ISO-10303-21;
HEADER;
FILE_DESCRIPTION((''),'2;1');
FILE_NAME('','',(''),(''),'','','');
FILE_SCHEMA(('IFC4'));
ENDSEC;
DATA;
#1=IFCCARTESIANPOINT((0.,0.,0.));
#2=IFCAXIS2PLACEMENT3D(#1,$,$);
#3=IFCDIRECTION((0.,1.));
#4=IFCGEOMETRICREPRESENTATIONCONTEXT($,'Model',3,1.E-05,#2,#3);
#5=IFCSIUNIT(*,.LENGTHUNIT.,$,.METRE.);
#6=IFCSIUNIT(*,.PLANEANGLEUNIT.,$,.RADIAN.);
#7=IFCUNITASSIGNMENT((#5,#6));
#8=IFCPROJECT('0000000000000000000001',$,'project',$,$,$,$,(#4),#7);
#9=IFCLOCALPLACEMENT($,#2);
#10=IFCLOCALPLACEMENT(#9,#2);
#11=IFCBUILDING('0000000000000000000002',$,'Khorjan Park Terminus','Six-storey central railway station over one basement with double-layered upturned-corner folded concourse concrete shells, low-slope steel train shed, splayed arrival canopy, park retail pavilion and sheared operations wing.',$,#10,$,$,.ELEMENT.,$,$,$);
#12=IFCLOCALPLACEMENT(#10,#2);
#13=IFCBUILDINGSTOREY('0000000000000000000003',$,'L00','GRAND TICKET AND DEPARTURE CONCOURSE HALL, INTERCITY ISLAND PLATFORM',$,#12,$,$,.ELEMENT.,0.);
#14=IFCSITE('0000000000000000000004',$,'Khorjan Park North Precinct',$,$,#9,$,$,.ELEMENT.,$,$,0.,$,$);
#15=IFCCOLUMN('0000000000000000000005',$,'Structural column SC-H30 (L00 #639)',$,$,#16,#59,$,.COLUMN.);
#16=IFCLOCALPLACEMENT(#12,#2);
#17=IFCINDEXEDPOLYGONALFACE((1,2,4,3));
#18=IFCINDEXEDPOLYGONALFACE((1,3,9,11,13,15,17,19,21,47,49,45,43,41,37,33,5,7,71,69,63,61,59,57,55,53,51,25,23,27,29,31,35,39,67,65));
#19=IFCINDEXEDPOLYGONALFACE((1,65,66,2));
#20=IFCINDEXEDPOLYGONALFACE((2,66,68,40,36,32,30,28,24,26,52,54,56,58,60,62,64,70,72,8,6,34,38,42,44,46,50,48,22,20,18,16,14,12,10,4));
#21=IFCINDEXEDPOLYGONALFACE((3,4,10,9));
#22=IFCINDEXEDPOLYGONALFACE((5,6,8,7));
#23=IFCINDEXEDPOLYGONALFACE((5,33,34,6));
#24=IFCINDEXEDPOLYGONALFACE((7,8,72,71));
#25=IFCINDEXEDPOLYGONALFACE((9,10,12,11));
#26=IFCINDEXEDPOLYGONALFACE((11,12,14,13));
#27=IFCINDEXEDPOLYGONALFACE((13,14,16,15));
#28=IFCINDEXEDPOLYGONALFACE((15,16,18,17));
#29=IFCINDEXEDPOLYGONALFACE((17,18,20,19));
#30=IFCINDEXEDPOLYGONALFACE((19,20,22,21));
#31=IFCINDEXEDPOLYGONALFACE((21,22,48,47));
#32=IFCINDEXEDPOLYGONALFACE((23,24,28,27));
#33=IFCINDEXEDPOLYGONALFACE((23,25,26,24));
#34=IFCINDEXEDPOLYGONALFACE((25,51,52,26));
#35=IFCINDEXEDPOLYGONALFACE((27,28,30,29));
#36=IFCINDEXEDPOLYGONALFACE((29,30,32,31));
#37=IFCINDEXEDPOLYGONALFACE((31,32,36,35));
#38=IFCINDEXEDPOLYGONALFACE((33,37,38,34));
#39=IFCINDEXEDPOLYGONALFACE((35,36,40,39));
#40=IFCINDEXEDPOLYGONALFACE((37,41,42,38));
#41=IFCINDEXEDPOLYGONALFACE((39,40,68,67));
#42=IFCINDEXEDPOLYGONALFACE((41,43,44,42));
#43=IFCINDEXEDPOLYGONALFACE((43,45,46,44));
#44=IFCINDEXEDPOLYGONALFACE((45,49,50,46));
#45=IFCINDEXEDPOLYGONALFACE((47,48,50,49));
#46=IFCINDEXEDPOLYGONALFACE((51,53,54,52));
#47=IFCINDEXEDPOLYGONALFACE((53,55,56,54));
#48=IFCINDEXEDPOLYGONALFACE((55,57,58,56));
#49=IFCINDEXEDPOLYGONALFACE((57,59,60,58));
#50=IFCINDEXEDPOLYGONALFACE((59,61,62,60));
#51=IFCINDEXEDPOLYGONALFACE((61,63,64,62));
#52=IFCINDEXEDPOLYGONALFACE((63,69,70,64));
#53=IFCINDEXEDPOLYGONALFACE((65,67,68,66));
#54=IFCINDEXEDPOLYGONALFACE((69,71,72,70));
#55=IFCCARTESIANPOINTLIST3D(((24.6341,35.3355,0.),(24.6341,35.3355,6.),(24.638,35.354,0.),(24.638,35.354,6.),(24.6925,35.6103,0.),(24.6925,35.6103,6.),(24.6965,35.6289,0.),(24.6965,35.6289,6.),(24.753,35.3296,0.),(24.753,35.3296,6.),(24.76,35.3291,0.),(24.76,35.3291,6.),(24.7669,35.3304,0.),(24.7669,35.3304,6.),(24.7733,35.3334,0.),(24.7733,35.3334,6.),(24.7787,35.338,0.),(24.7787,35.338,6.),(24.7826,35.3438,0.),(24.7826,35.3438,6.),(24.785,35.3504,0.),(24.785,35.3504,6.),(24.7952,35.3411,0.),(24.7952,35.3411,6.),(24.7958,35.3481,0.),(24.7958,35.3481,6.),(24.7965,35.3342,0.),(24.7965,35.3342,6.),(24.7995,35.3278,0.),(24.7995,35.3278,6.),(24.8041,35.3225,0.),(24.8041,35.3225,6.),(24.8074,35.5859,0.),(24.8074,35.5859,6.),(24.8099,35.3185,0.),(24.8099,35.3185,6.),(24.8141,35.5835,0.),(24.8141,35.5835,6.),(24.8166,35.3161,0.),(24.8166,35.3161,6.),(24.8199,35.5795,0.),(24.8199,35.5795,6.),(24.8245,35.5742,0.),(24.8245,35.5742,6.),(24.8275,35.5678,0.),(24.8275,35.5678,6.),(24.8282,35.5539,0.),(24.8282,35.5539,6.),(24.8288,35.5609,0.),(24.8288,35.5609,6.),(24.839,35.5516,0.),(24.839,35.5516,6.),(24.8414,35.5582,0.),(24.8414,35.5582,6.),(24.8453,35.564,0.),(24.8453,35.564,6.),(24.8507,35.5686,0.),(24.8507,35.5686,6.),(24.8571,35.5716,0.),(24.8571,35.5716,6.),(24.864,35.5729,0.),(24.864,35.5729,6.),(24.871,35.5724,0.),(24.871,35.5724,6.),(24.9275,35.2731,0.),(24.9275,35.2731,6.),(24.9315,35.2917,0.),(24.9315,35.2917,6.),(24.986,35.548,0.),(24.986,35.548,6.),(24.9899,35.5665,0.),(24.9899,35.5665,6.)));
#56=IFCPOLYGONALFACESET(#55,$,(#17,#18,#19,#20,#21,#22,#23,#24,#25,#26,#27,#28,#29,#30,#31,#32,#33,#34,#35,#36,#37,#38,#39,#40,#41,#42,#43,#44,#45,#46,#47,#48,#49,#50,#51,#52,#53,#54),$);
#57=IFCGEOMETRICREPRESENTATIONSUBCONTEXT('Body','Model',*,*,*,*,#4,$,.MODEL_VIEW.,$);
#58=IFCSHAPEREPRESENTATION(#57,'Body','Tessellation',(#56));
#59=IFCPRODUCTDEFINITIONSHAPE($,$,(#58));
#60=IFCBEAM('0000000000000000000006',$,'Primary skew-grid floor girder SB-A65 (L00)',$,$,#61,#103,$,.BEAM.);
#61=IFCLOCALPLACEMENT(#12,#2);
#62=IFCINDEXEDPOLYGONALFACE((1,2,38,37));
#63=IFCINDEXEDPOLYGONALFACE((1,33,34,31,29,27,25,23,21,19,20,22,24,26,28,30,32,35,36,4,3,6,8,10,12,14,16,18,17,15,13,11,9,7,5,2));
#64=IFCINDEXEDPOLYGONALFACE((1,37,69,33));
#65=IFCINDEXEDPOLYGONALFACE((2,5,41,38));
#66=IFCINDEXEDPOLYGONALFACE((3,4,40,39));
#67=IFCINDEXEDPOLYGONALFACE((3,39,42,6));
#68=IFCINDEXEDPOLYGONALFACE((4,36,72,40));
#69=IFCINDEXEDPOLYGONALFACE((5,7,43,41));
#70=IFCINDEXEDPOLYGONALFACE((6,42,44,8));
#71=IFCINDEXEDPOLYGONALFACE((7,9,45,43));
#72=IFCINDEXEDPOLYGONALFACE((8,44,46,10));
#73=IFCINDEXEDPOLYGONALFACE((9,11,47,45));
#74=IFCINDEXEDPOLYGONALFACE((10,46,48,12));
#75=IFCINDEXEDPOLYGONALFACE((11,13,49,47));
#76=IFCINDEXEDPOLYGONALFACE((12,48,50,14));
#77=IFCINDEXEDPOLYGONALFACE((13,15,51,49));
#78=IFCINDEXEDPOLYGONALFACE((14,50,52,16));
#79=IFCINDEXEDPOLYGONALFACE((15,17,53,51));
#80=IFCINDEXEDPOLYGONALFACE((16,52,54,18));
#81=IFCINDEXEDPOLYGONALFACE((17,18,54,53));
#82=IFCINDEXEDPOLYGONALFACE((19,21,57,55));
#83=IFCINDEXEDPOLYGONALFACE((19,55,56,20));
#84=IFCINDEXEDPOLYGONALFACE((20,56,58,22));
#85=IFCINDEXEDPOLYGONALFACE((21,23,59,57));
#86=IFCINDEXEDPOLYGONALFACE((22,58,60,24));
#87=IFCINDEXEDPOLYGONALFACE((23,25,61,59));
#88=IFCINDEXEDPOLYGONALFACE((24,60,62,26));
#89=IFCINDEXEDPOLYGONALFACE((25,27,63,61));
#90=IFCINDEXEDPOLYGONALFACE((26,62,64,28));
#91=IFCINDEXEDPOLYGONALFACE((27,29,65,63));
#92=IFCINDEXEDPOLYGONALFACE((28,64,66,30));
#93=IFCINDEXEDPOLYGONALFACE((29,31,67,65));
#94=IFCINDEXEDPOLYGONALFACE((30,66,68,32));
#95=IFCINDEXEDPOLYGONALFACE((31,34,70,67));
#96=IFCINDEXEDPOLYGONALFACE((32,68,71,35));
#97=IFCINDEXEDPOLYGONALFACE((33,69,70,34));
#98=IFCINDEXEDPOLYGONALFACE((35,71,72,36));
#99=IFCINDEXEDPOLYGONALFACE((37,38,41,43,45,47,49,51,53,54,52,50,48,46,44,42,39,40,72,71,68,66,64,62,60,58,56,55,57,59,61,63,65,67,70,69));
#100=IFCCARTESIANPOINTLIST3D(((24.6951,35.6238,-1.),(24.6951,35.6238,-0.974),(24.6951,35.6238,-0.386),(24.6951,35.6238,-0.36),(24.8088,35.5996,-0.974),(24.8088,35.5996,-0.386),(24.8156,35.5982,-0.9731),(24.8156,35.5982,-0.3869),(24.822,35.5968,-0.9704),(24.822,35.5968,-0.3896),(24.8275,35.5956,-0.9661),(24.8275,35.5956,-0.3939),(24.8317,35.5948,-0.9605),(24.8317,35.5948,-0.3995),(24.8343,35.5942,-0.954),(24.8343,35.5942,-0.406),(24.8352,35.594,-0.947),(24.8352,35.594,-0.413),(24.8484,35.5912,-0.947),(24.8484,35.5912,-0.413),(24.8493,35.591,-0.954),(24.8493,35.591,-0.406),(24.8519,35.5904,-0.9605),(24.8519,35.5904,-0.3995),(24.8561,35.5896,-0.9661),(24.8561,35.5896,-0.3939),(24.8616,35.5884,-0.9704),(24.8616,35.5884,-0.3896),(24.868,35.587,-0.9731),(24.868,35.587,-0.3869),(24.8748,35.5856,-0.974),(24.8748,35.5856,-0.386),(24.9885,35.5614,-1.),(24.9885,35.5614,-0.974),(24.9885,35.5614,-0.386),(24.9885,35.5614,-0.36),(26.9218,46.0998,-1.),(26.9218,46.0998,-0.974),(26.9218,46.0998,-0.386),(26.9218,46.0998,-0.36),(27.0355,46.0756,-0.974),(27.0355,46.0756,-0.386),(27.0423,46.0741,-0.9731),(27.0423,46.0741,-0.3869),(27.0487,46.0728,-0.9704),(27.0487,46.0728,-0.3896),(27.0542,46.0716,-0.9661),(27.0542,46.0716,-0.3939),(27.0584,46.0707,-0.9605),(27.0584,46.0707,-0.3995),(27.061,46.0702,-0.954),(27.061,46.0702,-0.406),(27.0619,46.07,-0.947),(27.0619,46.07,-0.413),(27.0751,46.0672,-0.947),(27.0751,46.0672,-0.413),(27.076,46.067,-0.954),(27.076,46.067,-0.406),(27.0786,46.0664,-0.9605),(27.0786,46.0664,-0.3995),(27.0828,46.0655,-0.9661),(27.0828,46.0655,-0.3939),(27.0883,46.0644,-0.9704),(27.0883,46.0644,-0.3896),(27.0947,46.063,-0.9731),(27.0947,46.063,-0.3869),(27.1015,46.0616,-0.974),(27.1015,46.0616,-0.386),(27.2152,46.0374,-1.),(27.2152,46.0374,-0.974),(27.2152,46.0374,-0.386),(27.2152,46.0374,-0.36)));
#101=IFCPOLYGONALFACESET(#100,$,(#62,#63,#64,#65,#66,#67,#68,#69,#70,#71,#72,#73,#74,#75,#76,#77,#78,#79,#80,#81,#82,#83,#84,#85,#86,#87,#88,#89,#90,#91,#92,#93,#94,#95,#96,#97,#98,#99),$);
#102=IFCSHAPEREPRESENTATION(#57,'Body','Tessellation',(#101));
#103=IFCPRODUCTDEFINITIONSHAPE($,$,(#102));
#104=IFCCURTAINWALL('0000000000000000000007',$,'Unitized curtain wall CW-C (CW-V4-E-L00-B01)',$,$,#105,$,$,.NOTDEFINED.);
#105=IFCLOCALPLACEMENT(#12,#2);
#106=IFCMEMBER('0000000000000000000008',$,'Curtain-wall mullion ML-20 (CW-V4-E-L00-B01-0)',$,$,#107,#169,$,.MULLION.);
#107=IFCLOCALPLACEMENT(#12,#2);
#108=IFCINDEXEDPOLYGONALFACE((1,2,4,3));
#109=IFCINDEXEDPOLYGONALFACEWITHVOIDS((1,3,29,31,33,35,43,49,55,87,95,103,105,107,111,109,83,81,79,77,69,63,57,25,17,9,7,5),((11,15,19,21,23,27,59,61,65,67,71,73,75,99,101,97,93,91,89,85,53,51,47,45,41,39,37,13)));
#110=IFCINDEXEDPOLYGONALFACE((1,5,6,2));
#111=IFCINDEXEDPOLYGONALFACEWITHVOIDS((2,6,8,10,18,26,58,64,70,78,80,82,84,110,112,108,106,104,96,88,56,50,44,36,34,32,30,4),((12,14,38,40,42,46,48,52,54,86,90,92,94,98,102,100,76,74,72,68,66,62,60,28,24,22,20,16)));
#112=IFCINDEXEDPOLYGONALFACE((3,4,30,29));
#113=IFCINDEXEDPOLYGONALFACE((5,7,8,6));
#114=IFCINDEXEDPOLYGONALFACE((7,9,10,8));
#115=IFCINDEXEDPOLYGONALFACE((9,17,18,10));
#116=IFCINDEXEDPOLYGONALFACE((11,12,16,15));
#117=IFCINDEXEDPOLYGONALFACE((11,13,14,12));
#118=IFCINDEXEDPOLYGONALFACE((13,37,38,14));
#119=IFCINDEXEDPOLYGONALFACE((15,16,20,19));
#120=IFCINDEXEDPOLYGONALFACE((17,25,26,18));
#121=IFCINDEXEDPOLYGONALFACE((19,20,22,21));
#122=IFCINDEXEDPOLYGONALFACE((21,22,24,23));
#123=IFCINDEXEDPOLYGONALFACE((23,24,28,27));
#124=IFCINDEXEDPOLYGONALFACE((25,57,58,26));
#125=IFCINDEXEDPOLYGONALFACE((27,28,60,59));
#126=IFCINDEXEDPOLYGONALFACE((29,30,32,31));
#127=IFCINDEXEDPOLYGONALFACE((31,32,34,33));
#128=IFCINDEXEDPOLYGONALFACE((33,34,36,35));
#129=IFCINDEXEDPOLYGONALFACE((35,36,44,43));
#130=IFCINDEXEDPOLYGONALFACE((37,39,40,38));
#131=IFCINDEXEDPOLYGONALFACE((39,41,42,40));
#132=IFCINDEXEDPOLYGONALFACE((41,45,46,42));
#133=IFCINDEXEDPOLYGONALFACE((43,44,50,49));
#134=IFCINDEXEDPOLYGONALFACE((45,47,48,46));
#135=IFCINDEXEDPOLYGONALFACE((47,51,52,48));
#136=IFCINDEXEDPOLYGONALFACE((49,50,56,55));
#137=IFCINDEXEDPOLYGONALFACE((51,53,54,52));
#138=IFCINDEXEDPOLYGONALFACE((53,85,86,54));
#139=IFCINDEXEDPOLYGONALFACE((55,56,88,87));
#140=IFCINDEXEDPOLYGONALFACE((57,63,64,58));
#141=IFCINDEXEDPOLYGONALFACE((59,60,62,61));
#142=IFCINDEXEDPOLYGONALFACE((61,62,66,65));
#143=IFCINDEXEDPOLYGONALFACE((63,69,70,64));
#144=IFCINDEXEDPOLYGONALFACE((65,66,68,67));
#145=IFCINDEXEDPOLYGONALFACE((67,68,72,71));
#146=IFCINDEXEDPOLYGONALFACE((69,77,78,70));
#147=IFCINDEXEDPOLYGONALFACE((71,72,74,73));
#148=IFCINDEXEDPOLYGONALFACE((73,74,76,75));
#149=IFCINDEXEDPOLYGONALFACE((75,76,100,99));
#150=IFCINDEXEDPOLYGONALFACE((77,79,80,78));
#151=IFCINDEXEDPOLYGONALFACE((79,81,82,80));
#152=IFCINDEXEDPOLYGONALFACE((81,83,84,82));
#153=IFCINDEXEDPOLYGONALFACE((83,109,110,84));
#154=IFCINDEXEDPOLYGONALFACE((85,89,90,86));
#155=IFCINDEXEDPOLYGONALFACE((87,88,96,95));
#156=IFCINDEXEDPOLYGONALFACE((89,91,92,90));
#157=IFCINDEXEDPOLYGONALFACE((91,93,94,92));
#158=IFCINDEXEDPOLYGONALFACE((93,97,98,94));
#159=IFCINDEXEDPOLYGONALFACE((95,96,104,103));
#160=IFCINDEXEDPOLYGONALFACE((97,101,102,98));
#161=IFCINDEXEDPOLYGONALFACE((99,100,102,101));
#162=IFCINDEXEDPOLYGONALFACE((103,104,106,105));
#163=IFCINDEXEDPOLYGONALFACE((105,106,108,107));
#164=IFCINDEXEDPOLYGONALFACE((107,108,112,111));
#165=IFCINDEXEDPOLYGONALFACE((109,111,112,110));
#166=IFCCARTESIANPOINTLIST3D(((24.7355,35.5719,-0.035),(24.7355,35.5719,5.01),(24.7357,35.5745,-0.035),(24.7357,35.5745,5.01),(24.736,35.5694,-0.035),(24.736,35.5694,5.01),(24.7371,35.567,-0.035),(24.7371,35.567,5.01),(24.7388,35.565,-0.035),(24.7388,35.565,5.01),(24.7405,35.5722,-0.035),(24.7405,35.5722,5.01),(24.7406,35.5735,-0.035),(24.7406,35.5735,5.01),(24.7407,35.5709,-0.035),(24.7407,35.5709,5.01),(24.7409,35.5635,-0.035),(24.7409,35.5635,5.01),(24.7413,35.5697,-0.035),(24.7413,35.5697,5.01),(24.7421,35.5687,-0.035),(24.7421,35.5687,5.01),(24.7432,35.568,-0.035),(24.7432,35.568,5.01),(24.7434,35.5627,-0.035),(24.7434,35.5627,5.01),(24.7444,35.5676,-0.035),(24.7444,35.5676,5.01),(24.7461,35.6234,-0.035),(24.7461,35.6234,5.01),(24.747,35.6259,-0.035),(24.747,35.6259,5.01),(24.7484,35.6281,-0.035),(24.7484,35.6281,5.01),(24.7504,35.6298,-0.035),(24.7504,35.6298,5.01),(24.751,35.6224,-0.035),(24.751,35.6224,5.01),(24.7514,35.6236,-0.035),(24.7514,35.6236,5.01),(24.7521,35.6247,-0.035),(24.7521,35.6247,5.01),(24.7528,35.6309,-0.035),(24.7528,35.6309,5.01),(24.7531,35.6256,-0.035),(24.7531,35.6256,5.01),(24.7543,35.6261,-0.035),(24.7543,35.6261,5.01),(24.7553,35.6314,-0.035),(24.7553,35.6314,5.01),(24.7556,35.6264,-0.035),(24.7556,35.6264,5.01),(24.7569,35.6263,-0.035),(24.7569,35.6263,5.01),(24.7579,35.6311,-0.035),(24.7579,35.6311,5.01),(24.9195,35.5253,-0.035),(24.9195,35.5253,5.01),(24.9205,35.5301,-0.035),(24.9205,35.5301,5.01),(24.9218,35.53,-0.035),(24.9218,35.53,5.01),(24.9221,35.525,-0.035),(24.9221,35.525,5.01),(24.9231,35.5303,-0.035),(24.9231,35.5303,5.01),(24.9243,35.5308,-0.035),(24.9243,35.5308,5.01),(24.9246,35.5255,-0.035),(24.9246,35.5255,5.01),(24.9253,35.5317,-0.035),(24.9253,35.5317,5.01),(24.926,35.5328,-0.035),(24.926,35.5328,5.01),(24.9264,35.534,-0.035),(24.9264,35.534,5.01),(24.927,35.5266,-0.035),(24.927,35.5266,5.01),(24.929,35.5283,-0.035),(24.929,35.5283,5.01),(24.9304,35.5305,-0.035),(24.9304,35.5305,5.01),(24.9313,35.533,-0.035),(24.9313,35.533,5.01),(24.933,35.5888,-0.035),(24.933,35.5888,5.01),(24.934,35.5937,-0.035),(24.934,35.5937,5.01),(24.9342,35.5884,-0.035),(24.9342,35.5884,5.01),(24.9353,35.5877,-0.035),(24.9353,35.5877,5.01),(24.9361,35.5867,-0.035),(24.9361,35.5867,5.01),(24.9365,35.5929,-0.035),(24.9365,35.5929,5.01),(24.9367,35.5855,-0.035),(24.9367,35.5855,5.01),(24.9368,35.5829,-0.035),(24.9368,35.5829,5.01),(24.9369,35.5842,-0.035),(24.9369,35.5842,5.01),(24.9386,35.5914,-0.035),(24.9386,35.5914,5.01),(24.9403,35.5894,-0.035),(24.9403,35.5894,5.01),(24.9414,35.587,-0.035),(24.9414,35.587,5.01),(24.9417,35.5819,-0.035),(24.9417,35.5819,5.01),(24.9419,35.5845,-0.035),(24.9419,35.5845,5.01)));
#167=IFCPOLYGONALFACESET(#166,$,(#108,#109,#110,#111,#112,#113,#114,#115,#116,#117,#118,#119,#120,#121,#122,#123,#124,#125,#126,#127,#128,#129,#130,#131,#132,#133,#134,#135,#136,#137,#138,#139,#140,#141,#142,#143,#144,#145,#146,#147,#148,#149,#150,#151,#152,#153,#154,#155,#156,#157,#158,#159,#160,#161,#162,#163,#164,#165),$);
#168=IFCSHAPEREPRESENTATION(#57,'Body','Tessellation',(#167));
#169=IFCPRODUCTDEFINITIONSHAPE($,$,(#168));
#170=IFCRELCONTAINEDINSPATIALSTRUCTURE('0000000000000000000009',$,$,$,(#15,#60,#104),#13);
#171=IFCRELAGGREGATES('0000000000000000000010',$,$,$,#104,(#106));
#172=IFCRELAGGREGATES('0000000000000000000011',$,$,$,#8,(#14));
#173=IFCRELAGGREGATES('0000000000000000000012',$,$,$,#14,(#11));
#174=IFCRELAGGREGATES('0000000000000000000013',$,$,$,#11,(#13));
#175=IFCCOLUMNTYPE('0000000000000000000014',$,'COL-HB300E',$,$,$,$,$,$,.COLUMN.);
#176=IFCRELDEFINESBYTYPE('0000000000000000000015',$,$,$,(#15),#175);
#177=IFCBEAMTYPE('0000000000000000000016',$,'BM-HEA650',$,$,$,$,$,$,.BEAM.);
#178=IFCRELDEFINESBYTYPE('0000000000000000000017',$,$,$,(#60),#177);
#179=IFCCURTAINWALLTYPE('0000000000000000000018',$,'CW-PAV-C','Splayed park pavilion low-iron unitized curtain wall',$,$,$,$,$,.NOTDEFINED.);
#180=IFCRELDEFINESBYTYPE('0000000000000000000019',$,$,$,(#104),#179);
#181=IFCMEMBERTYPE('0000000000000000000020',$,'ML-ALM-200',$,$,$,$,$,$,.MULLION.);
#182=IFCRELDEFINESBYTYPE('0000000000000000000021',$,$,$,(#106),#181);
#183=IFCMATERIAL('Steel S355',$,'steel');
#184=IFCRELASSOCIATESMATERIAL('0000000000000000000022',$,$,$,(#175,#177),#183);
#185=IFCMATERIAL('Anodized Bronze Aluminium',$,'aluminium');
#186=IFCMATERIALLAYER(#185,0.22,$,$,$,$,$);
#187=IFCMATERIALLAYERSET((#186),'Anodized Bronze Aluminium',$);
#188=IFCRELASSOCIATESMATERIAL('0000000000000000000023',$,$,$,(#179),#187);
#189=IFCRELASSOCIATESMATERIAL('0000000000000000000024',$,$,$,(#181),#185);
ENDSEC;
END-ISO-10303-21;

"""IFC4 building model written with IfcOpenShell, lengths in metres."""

from ifc_helpers import new_model, si_unit, direction, frame, origin, origin_2d, place, context, subcontext, project, spatial, hollow_rectangle, i_section, extrude, material, layer, layer_set, material_profile, profile_set, type_object, element, aggregate, save


model = new_model("IFC4")

# Units and contexts
model_context = context("Model", 3, precision=1e-05, world=origin(), true_north=direction((0.0, 1.0)))
body_context = subcontext(model_context, "Body", "Model", "MODEL_VIEW")
ifc_project = project(units=[si_unit("LENGTHUNIT", "METRE"), si_unit("PLANEANGLEUNIT", "RADIAN")], contexts=[model_context])

# Site, building, storey
site_placement = place(None, origin())
site = spatial("IfcSite", under=ifc_project, at=site_placement, Name="Khorjan Park North Precinct", CompositionType="ELEMENT", RefElevation=0.0)
building_placement = place(site_placement, origin())
building = spatial("IfcBuilding", under=site, at=building_placement, Name="Khorjan Park Terminus", Description="Six-storey central railway station over one basement with double-layered upturned-corner folded concourse concrete shells, low-slope steel train shed, splayed arrival canopy, park retail pavilion and sheared operations wing.", CompositionType="ELEMENT")
storey_placement = place(building_placement, origin())
storey = spatial("IfcBuildingStorey", under=building, at=storey_placement, Name="L00", Description="GRAND TICKET AND DEPARTURE CONCOURSE HALL, INTERCITY ISLAND PLATFORM", CompositionType="ELEMENT", Elevation=0.0)

# Column
ifc_material_1 = material(Name="Steel S355", Category="steel")
ifc_material_profile_1 = material_profile(ifc_material_1, i_section(OverallWidth=0.3, OverallDepth=0.3, WebThickness=0.011, FlangeThickness=0.019, FilletRadius=0.027, at=origin_2d()), Name="HEB 300")
ifc_profile_set_1 = profile_set([ifc_material_profile_1], Name="Steel S355")
column_type = type_object("IfcColumnType", Name="COL-HB300E", PredefinedType="COLUMN", material=ifc_profile_set_1)
column_placement = place(storey_placement, frame((24.812, 35.451, 0.0), z_axis=(0.0, 0.0, 1.0), x_axis=(0.978148, -0.207912, 0.0)))
element("IfcColumn", 1, at=column_placement, inside=storey, type_object=column_type, Name="Structural column SC-H30 (L00 #639)", PredefinedType="COLUMN", context=body_context, shape_type="SweptSolid", body=[
    extrude(i_section(OverallWidth=0.3, OverallDepth=0.3, WebThickness=0.011, FlangeThickness=0.019, FilletRadius=0.027, at=origin_2d()), origin(), (0.0, 0.0, 1.0), 6.0),
])

# Beam
ifc_material_profile_2 = material_profile(ifc_material_1, i_section(OverallWidth=0.3, OverallDepth=0.64, WebThickness=0.0135, FlangeThickness=0.026, FilletRadius=0.027, at=origin_2d()), Name="HEA 650")
ifc_profile_set_2 = profile_set([ifc_material_profile_2], Name="Steel S355")
beam_type = type_object("IfcBeamType", Name="BM-HEA650", PredefinedType="BEAM", material=ifc_profile_set_2)
beam_placement = place(storey_placement, frame((24.8418, 35.5926, -0.68), z_axis=(0.207908, 0.978148, 0.0), x_axis=(-0.978148, 0.207908, 0.0)))
element("IfcBeam", 2, at=beam_placement, inside=storey, type_object=beam_type, Name="Primary skew-grid floor girder SB-A65 (L00)", PredefinedType="BEAM", context=body_context, shape_type="SweptSolid", body=[
    extrude(i_section(OverallWidth=0.3, OverallDepth=0.64, WebThickness=0.0135, FlangeThickness=0.026, FilletRadius=0.027, at=origin_2d()), origin(), (0.0, 0.0, 1.0), 10.71),
])

# Curtain wall, member
ifc_material_2 = material(Name="Anodized Bronze Aluminium", Category="aluminium")
ifc_layer_1 = layer(ifc_material_2, 0.22)
ifc_layer_set_1 = layer_set([ifc_layer_1], Name="Anodized Bronze Aluminium")
curtain_wall_type = type_object("IfcCurtainWallType", Name="CW-PAV-C", Description="Splayed park pavilion low-iron unitized curtain wall", PredefinedType="NOTDEFINED", material=ifc_layer_set_1)
curtain_wall_placement = place(storey_placement, origin())
curtain_wall = element("IfcCurtainWall", 3, at=curtain_wall_placement, inside=storey, type_object=curtain_wall_type, Name="Unitized curtain wall CW-C (CW-V4-E-L00-B01)", PredefinedType="NOTDEFINED")
ifc_material_profile_3 = material_profile(ifc_material_2, hollow_rectangle(XDim=0.07, YDim=0.2, WallThickness=0.005, InnerFilletRadius=0.005, OuterFilletRadius=0.01, at=origin_2d()), Name="ALM 70x200x5")
ifc_profile_set_3 = profile_set([ifc_material_profile_3], Name="Anodized Bronze Aluminium")
member_type_1 = type_object("IfcMemberType", Name="ML-ALM-200", PredefinedType="MULLION", material=ifc_profile_set_3)
member_1_placement = place(storey_placement, frame((24.8387, 35.5782, -0.035), z_axis=(0.0, 0.0, 1.0), x_axis=(0.207917, 0.978147, 0.0)))
member_1 = element("IfcMember", 4, at=member_1_placement, type_object=member_type_1, Name="Curtain-wall mullion ML-20 (CW-V4-E-L00-B01-0)", PredefinedType="MULLION", context=body_context, shape_type="SweptSolid", body=[
    extrude(hollow_rectangle(XDim=0.07, YDim=0.2, WallThickness=0.005, InnerFilletRadius=0.005, OuterFilletRadius=0.01, at=origin_2d()), origin(), (0.0, 0.0, 1.0), 5.045),
])
aggregate(curtain_wall, [member_1])

save(model, "model.ifc")
